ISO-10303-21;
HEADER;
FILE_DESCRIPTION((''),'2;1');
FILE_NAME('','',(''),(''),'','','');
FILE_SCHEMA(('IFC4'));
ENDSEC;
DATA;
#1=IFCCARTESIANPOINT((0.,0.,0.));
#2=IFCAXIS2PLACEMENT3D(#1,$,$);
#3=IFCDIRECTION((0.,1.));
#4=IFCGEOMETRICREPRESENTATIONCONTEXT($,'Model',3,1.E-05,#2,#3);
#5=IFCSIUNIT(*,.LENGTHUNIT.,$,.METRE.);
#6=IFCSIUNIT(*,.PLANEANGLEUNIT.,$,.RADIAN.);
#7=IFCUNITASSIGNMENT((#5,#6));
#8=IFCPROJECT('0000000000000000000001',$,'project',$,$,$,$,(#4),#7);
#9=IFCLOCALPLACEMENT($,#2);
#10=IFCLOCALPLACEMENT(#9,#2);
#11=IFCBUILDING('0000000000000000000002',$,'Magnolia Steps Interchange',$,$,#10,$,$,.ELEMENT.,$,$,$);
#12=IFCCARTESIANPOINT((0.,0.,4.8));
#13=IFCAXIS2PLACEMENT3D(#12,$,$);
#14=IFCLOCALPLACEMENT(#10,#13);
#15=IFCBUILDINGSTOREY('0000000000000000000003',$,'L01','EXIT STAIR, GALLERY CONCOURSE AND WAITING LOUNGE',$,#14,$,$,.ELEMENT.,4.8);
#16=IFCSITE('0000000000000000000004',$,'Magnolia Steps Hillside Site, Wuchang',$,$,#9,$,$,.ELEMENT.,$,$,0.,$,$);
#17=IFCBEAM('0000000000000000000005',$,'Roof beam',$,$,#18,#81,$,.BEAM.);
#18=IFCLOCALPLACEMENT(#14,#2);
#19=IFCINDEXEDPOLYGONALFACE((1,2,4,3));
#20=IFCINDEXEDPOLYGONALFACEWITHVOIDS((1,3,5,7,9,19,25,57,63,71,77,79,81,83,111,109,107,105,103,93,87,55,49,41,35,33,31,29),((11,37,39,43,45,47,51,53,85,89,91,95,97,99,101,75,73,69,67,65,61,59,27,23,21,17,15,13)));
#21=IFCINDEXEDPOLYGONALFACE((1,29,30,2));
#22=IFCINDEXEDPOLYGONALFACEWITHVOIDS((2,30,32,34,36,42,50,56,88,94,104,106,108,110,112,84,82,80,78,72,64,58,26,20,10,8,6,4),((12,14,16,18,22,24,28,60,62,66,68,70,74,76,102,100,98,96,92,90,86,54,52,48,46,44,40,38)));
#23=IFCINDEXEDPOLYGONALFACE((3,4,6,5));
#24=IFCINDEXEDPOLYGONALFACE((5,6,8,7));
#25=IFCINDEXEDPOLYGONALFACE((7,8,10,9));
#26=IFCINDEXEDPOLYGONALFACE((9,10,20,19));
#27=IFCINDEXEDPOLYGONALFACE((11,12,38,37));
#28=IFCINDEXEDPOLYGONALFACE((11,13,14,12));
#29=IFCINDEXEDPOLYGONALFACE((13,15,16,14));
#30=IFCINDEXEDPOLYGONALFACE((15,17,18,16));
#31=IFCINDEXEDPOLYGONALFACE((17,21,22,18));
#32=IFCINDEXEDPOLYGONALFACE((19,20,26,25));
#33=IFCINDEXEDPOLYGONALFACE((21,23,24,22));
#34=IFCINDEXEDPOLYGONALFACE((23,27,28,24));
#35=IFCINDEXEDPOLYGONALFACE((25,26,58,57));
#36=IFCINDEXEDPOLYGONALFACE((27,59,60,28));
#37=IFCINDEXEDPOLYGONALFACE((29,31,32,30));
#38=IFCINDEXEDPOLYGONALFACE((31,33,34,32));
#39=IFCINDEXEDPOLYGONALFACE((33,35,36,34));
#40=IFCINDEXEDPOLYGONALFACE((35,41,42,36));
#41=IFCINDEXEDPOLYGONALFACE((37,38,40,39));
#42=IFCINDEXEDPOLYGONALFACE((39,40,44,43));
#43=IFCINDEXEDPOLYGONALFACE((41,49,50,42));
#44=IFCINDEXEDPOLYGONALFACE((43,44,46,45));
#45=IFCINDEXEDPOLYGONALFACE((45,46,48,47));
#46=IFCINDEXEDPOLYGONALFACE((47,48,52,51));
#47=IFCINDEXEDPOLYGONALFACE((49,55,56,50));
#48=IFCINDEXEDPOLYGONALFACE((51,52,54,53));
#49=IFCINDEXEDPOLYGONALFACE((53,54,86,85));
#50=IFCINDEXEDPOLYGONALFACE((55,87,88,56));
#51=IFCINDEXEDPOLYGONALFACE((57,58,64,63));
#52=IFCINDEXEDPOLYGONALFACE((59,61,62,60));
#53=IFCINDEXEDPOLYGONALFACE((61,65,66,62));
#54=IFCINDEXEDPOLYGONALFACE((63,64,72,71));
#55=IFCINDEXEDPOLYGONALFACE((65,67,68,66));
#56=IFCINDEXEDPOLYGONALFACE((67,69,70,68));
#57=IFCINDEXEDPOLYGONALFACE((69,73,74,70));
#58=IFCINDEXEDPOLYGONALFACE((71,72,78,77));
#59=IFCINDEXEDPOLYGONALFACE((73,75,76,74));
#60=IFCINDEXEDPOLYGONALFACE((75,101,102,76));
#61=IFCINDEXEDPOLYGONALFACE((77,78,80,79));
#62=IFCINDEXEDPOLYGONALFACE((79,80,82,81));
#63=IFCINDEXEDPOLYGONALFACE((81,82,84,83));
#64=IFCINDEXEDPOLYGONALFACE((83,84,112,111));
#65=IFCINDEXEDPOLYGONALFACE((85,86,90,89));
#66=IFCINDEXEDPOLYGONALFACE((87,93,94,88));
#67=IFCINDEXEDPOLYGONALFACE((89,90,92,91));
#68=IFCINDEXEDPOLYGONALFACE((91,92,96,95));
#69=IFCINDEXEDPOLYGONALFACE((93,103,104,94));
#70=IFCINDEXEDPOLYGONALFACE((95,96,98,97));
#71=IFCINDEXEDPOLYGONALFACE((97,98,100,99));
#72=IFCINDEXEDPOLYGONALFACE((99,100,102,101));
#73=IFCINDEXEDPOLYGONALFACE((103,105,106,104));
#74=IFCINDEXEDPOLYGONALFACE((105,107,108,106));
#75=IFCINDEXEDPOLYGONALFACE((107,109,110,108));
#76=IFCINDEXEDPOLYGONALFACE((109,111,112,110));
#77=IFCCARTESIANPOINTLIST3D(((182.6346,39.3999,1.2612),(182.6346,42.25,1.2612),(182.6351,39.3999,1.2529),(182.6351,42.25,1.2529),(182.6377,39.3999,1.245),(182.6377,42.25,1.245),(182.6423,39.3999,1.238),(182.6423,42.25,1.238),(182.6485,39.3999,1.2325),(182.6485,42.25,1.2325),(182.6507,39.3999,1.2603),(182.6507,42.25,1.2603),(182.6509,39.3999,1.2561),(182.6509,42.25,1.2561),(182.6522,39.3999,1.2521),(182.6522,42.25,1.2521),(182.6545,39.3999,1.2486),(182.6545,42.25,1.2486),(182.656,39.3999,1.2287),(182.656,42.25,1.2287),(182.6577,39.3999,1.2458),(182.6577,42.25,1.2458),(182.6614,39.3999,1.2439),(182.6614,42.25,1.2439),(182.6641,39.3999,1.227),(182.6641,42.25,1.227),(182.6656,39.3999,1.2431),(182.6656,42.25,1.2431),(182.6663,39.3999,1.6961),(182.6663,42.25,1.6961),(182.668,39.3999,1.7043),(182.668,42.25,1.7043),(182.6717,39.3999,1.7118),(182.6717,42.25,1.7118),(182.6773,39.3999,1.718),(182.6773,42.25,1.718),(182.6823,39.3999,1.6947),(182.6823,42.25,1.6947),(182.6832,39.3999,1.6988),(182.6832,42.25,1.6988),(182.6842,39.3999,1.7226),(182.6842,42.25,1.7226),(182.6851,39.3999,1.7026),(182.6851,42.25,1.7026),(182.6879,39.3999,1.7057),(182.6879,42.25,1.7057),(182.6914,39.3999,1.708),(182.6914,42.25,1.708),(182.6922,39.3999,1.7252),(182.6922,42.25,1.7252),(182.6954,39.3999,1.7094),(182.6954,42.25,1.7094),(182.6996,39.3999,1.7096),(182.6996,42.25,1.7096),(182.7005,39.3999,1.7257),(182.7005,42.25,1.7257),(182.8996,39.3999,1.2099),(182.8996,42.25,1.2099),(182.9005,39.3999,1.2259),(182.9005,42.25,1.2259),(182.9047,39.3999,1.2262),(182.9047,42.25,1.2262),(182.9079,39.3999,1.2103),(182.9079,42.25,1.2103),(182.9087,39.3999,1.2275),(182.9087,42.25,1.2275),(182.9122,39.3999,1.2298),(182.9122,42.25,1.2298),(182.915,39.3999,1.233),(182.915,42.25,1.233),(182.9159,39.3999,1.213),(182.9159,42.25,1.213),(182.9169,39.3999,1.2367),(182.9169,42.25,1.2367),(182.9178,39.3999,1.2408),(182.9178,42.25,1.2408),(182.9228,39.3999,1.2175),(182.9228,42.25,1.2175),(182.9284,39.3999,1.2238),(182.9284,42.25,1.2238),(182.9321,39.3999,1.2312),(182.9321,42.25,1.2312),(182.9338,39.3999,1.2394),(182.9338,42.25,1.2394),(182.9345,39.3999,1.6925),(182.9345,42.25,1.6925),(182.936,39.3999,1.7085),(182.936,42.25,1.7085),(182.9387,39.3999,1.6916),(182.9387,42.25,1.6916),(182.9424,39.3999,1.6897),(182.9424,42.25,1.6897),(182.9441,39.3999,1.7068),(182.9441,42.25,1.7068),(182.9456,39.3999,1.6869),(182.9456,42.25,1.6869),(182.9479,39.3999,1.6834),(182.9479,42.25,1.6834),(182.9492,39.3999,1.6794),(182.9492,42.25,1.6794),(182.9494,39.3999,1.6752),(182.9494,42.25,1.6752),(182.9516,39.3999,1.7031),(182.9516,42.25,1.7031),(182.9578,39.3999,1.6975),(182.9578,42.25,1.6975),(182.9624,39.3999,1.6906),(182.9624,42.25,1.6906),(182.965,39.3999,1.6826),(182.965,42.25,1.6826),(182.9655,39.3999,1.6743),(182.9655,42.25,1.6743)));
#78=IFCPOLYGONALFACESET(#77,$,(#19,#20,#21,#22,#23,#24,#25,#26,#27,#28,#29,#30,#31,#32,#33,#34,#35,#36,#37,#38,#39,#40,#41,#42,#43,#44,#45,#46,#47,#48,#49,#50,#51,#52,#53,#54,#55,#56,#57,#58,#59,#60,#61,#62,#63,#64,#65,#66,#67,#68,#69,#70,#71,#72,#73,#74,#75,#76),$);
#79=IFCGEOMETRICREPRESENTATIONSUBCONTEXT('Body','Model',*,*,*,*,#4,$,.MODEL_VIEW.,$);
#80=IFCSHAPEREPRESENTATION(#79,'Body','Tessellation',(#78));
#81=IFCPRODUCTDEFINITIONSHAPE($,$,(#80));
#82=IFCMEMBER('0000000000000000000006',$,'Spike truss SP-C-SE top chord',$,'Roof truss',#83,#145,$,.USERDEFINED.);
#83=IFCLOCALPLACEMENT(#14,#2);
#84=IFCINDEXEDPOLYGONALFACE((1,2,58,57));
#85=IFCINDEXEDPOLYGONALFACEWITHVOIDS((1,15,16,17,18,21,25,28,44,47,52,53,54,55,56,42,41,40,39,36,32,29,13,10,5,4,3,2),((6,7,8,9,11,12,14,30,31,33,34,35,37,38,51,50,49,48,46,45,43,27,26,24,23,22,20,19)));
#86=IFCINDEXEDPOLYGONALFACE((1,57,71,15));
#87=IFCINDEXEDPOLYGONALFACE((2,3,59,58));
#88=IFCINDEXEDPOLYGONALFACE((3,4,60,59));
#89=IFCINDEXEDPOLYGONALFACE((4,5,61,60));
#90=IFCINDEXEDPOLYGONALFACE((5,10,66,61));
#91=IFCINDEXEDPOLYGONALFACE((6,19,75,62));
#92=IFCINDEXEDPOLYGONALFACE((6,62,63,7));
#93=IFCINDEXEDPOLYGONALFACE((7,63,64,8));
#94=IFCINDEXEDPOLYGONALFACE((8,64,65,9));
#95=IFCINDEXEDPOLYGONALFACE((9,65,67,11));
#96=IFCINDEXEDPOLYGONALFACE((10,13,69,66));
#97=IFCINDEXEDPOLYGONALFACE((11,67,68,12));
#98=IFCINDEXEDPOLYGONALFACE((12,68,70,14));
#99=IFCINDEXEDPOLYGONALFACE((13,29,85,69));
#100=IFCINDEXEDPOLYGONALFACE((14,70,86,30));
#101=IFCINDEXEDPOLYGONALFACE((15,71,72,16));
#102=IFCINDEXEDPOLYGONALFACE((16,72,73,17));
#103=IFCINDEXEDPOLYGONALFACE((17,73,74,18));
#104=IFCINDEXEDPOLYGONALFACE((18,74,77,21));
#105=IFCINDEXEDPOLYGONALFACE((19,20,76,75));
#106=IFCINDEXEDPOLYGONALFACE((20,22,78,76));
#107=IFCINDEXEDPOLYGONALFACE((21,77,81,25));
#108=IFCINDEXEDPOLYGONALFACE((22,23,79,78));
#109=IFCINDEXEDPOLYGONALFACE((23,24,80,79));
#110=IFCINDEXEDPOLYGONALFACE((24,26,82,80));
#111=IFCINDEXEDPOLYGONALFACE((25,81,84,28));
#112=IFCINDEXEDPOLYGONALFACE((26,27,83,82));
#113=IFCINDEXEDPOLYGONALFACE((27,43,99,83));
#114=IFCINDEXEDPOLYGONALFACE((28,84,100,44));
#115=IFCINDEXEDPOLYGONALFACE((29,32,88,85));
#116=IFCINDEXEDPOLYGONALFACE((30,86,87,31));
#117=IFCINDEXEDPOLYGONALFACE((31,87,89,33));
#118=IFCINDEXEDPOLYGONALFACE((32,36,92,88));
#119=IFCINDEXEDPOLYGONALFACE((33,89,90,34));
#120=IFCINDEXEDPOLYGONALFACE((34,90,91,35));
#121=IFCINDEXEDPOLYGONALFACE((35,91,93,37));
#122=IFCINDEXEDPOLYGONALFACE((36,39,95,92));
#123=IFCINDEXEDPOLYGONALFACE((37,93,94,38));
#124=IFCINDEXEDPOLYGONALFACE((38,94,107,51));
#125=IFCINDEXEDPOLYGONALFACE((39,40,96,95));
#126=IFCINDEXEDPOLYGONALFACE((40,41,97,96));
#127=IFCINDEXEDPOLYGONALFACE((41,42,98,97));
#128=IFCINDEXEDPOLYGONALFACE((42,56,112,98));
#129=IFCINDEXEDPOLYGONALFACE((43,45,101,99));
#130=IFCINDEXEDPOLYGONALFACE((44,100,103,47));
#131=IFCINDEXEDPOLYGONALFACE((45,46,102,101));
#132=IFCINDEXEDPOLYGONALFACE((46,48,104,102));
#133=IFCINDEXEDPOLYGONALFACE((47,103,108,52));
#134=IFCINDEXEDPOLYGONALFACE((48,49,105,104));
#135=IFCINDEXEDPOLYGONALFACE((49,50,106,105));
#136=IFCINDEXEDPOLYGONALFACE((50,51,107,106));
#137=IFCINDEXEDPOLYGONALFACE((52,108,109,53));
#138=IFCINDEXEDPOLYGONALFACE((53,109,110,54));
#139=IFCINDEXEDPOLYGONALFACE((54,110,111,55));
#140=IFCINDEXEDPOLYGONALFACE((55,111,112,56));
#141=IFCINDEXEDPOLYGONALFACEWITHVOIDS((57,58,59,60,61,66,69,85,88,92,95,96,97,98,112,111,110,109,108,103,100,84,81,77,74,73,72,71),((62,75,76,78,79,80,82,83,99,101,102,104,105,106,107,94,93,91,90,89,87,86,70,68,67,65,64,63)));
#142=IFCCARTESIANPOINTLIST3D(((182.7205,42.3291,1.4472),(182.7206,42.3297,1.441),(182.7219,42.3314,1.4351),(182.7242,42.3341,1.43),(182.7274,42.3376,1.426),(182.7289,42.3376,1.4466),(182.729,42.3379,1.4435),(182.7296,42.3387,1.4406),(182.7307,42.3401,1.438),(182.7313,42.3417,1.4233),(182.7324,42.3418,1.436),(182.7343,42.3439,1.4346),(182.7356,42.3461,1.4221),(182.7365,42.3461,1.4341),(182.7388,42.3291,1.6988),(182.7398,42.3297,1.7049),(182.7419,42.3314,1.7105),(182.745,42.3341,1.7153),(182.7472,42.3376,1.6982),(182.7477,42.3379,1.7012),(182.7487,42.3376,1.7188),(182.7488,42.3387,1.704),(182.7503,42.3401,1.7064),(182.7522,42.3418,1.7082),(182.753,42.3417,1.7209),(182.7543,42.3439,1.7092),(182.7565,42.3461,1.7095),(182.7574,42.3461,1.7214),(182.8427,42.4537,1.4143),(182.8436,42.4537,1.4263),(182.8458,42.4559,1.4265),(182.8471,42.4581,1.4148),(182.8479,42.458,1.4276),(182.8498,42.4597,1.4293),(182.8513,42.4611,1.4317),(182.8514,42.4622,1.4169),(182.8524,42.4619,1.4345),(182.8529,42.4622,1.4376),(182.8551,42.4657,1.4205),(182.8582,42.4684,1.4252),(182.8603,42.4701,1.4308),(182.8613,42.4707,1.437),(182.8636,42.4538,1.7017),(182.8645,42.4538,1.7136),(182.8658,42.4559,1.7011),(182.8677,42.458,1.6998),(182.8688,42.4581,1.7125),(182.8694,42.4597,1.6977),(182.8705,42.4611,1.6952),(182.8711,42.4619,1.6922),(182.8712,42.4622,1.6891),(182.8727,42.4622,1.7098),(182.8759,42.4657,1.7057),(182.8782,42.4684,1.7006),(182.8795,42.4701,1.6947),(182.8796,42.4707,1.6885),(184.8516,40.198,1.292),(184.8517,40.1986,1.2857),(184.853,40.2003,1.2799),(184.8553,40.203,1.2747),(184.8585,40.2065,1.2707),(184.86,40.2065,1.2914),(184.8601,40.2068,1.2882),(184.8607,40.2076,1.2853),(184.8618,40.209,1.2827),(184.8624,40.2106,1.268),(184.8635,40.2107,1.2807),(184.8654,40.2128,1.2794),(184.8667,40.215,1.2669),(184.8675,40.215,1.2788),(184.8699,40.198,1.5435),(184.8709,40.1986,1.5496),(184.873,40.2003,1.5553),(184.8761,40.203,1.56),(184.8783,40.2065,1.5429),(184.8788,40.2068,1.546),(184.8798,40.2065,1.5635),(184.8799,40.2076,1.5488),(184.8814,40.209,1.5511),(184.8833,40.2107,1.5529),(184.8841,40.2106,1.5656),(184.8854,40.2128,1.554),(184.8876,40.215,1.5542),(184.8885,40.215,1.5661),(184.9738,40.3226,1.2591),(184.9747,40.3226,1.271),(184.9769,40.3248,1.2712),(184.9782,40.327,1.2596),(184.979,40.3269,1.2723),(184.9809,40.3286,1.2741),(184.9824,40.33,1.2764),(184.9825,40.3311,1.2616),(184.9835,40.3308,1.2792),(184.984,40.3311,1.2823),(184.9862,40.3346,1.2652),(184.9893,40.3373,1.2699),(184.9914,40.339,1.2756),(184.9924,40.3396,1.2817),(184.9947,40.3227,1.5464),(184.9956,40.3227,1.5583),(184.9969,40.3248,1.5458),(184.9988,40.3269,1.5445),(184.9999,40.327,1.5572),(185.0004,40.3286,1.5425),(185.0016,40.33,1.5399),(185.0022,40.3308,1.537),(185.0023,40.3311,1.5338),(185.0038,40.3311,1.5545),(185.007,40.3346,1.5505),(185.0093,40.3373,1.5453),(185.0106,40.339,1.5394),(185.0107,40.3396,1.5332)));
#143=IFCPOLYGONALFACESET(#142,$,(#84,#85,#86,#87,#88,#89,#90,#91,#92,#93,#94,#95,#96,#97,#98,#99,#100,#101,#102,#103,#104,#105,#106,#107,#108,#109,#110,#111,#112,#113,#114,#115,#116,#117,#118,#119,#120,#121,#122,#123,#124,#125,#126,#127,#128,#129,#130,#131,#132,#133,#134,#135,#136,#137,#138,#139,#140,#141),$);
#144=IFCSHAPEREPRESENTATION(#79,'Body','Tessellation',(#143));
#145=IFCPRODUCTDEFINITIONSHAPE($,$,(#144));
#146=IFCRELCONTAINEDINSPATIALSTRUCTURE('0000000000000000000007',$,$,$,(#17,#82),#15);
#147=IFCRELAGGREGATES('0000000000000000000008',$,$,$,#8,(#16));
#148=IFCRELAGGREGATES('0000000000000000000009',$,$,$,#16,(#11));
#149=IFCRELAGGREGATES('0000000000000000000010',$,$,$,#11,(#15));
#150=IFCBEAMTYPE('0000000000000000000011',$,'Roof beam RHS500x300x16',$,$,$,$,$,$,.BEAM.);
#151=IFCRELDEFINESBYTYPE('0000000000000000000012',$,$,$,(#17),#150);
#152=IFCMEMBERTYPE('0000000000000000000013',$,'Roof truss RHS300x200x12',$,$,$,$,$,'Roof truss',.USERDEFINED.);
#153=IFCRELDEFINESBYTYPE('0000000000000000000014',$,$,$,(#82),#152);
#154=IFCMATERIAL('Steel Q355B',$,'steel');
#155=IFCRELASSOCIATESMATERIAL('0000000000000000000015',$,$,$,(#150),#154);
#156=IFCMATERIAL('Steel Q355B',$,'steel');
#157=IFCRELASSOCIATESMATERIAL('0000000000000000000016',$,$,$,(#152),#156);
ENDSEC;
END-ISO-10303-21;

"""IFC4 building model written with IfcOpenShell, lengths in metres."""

from ifc_helpers import new_model, si_unit, direction, frame, origin, origin_2d, place, context, subcontext, project, spatial, hollow_rectangle, extrude, material, material_profile, profile_set, type_object, element, save


model = new_model("IFC4")

# Units and contexts
model_context = context("Model", 3, precision=1e-05, world=origin(), true_north=direction((0.0, 1.0)))
body_context = subcontext(model_context, "Body", "Model", "MODEL_VIEW")
ifc_project = project(units=[si_unit("LENGTHUNIT", "METRE"), si_unit("PLANEANGLEUNIT", "RADIAN")], contexts=[model_context])

# Site, building, storey
site_placement = place(None, origin())
site = spatial("IfcSite", under=ifc_project, at=site_placement, Name="Magnolia Steps Hillside Site, Wuchang", CompositionType="ELEMENT", RefElevation=0.0)
building_placement = place(site_placement, origin())
building = spatial("IfcBuilding", under=site, at=building_placement, Name="Magnolia Steps Interchange", CompositionType="ELEMENT")
storey_placement = place(building_placement, frame((0.0, 0.0, 4.8)))
storey = spatial("IfcBuildingStorey", under=building, at=storey_placement, Name="L01", Description="EXIT STAIR, GALLERY CONCOURSE AND WAITING LOUNGE", CompositionType="ELEMENT", Elevation=4.8)

# Beam
ifc_material_1 = material(Name="Steel Q355B", Category="steel")
ifc_material_profile_1 = material_profile(ifc_material_1, hollow_rectangle(XDim=0.3, YDim=0.5, WallThickness=0.0161, InnerFilletRadius=0.0161, OuterFilletRadius=0.032, at=origin_2d()), Name="RHS500x300x16")
ifc_profile_set_1 = profile_set([ifc_material_profile_1], Name="Steel Q355B")
beam_type_1 = type_object("IfcBeamType", Name="Roof beam RHS500x300x16", PredefinedType="BEAM", material=ifc_profile_set_1)
beam_1_placement = place(storey_placement, frame((182.8, 42.25, 1.4678), z_axis=(0.0, -1.0, 0.0), x_axis=(0.997352, 0.0, -0.072724)))
element("IfcBeam", 1, at=beam_1_placement, inside=storey, type_object=beam_type_1, Name="Roof beam", PredefinedType="BEAM", context=body_context, shape_type="SweptSolid", body=[
    extrude(hollow_rectangle(XDim=0.3, YDim=0.5, WallThickness=0.0161, InnerFilletRadius=0.0161, OuterFilletRadius=0.032, at=origin_2d()), origin(), (0.0, 0.0, 1.0), 2.8501),
])

# Member
ifc_material_2 = material(Name="Steel Q355B", Category="steel")
ifc_material_profile_2 = material_profile(ifc_material_2, hollow_rectangle(XDim=0.2, YDim=0.3, WallThickness=0.012, InnerFilletRadius=0.012, OuterFilletRadius=0.0239, at=origin_2d()), Name="RHS300x200x12")
ifc_profile_set_2 = profile_set([ifc_material_profile_2], Name="Steel Q355B")
member_type_1 = type_object("IfcMemberType", Name="Roof truss RHS300x200x12", ElementType="Roof truss", PredefinedType="USERDEFINED", material=ifc_profile_set_2)
member_1_placement = place(storey_placement, frame((182.8, 42.3999, 1.5679), z_axis=(0.70617, -0.70617, -0.051452), x_axis=(0.7043, 0.708042, -0.051355)))
element("IfcMember", 2, at=member_1_placement, inside=storey, type_object=member_type_1, Name="Spike truss SP-C-SE top chord", ObjectType="Roof truss", PredefinedType="USERDEFINED", context=body_context, shape_type="SweptSolid", body=[
    extrude(hollow_rectangle(XDim=0.2, YDim=0.3, WallThickness=0.012, InnerFilletRadius=0.012, OuterFilletRadius=0.0239, at=origin_2d()), origin(), (0.0, 0.0, 1.0), 3.0178),
])

save(model, "model.ifc")
